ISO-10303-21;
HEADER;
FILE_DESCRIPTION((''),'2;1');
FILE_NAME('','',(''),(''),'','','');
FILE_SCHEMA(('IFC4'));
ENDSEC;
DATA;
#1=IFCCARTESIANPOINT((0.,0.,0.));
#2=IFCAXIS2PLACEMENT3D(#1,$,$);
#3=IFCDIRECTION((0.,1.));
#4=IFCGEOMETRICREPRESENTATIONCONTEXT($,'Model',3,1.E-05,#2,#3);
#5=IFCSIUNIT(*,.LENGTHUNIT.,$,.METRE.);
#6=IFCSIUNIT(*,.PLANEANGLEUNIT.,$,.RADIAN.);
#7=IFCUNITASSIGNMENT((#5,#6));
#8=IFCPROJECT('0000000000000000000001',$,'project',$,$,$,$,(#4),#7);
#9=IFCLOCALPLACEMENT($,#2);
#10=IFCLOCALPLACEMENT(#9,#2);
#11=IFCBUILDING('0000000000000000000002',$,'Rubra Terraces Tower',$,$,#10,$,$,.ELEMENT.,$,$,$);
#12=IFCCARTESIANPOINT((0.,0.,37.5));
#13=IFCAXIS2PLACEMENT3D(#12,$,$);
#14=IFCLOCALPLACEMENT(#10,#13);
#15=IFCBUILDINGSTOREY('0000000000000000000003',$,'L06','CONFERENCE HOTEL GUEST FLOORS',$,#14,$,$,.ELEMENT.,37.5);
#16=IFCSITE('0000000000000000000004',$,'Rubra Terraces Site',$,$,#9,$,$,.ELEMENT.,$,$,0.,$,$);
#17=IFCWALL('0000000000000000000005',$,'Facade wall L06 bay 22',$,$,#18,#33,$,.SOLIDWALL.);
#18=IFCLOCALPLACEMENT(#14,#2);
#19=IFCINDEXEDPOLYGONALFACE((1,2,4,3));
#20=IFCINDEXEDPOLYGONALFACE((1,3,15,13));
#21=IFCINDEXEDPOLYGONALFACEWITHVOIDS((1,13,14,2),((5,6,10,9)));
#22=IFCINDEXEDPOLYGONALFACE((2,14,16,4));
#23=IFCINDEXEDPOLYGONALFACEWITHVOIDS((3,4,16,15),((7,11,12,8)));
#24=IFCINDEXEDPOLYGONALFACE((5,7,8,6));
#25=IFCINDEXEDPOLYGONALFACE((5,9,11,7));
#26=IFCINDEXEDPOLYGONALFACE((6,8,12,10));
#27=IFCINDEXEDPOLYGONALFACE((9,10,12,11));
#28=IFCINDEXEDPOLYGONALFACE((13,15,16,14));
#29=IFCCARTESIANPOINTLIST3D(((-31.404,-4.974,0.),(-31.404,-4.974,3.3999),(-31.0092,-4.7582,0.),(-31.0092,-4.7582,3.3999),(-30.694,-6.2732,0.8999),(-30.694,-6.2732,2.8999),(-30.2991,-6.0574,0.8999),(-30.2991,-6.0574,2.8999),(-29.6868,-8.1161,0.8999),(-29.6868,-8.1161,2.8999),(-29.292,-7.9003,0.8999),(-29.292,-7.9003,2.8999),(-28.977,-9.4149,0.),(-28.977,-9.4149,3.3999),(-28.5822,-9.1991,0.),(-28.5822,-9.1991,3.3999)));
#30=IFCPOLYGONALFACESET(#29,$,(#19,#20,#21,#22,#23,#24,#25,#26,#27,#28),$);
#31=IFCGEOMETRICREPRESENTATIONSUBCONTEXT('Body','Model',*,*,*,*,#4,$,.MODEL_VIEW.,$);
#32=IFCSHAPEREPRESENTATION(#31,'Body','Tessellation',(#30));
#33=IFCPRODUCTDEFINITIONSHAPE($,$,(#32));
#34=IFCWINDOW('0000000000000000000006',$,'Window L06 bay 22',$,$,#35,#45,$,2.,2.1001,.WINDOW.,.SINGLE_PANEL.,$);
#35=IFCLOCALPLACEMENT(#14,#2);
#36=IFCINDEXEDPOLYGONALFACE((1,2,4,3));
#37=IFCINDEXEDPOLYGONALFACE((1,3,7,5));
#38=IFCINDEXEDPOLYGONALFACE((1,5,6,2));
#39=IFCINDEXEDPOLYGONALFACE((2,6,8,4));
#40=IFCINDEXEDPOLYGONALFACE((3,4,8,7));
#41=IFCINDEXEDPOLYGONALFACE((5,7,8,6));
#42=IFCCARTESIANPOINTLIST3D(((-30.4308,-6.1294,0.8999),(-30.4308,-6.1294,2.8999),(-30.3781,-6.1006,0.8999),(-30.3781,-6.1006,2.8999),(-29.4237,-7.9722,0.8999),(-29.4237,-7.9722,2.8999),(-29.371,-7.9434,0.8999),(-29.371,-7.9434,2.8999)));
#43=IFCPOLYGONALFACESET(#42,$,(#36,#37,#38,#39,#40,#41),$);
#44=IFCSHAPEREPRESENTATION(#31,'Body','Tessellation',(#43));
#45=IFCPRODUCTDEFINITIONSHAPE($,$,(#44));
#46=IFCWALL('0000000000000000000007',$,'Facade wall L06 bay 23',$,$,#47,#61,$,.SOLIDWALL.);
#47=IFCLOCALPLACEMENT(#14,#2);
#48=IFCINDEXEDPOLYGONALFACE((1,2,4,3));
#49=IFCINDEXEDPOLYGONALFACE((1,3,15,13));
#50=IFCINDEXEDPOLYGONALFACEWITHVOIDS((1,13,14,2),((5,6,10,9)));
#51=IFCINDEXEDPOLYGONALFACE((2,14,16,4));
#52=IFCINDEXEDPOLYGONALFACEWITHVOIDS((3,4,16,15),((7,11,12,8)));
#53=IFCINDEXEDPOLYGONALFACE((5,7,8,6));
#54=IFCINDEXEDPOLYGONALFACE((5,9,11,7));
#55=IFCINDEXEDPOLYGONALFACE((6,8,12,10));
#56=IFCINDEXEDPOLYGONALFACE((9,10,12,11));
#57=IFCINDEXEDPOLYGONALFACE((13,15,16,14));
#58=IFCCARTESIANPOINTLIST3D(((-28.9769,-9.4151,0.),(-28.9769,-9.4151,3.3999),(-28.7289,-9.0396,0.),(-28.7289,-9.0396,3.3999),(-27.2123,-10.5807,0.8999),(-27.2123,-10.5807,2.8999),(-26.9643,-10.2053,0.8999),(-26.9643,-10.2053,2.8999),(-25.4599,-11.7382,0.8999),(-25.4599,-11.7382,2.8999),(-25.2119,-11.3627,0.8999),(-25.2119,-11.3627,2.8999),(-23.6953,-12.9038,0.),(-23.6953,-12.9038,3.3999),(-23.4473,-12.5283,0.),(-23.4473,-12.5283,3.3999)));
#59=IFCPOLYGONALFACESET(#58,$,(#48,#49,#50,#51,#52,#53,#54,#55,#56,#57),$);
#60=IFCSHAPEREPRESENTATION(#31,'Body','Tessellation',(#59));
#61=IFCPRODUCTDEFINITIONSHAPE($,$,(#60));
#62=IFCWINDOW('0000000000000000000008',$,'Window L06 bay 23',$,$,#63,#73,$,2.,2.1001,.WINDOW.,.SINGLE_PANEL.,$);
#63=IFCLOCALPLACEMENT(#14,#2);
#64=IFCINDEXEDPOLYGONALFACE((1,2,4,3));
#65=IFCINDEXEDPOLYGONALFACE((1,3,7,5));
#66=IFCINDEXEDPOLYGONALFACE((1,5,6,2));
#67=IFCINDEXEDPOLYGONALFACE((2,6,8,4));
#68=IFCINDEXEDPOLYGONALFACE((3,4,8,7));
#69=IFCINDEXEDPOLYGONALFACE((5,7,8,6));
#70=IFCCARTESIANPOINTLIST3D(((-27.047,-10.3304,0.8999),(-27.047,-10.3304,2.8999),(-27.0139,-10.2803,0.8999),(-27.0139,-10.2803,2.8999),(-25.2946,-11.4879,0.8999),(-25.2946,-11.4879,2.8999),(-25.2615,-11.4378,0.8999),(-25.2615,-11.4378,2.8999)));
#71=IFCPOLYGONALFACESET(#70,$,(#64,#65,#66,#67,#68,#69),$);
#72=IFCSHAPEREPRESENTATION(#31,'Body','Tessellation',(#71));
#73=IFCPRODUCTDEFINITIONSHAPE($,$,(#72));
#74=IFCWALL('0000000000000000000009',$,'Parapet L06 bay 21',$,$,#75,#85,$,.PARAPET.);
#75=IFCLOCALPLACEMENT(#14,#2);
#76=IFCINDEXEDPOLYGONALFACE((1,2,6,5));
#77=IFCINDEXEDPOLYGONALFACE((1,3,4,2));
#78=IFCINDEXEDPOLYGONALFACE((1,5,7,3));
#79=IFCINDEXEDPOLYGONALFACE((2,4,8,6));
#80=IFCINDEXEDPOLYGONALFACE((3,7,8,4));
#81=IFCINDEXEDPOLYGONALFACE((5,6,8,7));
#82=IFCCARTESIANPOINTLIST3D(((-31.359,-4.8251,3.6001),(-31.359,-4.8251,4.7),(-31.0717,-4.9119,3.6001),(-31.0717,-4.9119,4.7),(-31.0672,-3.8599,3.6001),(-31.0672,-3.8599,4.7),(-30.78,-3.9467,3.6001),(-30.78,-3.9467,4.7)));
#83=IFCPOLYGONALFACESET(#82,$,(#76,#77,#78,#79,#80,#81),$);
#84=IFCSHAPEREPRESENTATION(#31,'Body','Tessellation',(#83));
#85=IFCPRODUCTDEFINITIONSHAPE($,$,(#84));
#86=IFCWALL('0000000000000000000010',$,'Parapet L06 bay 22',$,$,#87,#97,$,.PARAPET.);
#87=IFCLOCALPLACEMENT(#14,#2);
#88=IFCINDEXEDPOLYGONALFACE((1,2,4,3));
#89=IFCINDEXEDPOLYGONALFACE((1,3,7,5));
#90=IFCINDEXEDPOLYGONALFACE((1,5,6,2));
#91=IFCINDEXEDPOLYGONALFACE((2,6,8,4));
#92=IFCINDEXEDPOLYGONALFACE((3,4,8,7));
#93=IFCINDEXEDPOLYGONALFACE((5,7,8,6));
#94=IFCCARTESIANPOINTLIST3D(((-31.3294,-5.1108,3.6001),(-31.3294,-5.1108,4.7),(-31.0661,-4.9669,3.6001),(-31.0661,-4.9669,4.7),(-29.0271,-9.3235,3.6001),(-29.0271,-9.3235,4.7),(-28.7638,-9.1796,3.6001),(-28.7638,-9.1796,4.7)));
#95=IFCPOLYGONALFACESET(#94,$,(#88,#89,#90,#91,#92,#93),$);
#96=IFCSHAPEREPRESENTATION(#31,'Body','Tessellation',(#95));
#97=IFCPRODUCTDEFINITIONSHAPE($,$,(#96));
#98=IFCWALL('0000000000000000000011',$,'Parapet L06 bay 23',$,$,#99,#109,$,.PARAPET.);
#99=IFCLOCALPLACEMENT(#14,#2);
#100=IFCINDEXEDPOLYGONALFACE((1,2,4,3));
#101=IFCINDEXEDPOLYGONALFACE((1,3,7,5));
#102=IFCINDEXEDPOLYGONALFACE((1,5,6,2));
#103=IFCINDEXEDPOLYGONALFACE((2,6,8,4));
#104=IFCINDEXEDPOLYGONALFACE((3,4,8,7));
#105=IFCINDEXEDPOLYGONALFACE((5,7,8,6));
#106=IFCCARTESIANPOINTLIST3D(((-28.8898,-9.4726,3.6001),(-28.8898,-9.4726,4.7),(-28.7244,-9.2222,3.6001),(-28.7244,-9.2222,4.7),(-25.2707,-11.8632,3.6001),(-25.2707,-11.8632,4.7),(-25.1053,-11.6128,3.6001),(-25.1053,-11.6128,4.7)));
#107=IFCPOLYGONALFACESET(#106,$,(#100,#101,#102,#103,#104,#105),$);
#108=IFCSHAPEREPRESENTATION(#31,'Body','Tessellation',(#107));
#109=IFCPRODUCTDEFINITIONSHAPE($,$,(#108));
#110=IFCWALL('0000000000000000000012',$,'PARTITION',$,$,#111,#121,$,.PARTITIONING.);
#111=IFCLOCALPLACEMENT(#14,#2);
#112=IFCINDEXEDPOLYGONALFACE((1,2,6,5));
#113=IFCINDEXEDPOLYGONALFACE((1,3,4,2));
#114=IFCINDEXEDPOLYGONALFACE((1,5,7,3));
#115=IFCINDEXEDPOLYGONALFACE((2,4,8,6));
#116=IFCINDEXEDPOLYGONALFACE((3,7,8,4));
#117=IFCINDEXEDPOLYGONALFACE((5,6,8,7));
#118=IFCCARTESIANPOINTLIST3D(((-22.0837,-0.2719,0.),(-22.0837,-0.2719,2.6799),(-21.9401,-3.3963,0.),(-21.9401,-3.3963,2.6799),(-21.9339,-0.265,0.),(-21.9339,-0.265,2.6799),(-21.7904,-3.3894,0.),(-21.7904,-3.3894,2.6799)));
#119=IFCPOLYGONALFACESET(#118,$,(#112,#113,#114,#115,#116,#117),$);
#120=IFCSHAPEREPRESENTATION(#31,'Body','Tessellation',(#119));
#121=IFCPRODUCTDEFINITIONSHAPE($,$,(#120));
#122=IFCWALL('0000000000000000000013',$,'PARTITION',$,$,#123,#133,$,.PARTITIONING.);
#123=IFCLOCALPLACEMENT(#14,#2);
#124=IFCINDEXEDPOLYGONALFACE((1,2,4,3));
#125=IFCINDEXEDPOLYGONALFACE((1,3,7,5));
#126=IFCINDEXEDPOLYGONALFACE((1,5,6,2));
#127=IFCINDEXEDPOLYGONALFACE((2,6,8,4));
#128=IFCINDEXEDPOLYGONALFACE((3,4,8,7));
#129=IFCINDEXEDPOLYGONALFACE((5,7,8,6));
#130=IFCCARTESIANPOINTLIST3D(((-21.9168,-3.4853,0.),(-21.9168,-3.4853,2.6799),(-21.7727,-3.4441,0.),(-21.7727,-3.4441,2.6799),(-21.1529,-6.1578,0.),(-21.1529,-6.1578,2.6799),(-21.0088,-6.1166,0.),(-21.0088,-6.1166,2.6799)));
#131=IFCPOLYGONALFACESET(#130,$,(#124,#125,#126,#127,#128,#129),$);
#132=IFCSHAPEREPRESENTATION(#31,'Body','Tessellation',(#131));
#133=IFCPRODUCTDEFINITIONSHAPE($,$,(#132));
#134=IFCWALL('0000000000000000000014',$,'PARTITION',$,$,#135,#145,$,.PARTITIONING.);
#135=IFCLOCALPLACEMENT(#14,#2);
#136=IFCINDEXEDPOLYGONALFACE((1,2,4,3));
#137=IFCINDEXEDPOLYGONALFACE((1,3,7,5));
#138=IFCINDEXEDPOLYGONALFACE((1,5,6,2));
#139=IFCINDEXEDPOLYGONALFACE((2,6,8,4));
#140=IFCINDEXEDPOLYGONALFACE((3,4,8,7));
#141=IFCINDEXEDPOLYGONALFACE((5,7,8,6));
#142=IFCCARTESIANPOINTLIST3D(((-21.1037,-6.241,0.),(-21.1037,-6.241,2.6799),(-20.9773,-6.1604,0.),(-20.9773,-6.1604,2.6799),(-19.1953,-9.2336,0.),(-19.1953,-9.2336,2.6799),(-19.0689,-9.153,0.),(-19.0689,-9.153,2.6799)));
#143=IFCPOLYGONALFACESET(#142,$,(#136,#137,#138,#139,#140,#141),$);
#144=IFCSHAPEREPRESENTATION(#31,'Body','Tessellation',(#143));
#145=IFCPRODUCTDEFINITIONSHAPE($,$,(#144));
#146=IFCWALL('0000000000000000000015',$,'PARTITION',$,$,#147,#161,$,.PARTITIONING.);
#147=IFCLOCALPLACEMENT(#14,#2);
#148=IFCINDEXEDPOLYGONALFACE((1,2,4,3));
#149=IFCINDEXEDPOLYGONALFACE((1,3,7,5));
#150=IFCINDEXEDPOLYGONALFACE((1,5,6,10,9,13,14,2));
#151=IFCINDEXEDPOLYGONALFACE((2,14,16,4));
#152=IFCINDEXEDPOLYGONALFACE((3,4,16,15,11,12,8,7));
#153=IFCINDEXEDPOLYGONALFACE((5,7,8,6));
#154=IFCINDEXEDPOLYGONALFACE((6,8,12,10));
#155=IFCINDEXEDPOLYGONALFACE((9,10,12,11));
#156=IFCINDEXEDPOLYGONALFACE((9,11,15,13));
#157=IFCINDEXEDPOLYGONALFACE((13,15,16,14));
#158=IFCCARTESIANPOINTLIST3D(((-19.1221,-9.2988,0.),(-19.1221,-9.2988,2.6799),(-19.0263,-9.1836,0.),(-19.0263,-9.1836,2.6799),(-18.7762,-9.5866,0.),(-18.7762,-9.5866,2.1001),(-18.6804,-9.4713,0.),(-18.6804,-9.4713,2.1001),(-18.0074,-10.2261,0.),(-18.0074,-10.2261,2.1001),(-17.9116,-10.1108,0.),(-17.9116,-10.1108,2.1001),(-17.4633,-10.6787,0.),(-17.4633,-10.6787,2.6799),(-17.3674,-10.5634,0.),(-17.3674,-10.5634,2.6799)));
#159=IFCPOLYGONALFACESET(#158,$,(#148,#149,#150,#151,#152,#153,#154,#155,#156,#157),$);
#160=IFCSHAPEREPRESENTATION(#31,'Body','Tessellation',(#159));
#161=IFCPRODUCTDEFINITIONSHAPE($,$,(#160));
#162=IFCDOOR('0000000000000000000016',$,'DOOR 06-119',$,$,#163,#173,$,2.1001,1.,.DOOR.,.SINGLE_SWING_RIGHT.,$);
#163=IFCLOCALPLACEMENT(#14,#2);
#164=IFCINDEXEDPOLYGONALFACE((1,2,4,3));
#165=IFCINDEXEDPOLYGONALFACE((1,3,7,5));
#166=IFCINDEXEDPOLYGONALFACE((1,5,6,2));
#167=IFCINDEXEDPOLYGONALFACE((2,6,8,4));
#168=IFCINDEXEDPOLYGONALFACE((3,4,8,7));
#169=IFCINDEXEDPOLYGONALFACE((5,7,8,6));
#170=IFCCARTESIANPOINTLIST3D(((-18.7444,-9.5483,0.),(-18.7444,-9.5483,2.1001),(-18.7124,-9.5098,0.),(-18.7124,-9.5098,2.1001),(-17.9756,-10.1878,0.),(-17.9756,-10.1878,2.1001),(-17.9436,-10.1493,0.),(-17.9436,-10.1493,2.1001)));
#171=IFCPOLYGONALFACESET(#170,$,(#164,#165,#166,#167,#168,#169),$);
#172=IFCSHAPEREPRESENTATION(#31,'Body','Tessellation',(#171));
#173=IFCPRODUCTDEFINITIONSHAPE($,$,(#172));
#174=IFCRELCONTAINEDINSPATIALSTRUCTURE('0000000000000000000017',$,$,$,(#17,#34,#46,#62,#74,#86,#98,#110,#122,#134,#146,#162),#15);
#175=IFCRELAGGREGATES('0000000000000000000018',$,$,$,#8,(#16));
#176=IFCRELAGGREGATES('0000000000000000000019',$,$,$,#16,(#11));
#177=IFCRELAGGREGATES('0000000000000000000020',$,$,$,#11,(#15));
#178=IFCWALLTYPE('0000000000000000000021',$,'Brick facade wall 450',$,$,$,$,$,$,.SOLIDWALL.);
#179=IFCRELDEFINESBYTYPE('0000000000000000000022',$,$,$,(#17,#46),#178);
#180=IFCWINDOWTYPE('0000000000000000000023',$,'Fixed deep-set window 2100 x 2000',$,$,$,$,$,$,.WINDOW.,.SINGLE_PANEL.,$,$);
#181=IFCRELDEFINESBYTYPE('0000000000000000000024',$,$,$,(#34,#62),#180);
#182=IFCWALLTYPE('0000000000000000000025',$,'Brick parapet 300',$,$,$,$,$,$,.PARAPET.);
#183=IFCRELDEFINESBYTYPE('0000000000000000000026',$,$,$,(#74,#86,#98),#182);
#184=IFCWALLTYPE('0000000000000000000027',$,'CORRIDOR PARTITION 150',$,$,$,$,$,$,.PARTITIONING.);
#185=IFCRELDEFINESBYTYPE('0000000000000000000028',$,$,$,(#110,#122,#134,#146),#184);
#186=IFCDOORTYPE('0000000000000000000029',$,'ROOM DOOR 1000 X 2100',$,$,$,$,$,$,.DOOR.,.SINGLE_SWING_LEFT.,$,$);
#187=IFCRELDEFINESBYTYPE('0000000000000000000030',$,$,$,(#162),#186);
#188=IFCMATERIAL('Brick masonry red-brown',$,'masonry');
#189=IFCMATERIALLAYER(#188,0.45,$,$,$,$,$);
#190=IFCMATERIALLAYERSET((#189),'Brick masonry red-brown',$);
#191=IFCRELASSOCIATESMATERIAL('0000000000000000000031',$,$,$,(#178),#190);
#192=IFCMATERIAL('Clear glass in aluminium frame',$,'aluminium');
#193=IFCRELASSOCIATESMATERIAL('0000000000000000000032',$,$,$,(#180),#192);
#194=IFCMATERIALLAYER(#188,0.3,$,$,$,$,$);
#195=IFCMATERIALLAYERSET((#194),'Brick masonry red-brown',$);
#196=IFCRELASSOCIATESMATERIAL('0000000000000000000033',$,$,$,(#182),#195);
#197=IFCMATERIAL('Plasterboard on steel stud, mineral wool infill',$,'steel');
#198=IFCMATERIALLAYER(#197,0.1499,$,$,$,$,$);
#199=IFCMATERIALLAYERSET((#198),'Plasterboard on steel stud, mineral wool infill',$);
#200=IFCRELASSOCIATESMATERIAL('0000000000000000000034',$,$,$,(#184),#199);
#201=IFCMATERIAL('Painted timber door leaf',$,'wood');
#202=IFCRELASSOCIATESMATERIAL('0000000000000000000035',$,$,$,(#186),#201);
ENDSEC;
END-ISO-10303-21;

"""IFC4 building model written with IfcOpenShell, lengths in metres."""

from ifc_helpers import new_model, si_unit, direction, frame, frame_2d, origin, place, context, subcontext, project, spatial, rectangle, extrude, material, layer, layer_set, type_object, element, fill, save


model = new_model("IFC4")

# Units and contexts
model_context = context("Model", 3, precision=1e-05, world=origin(), true_north=direction((0.0, 1.0)))
body_context = subcontext(model_context, "Body", "Model", "MODEL_VIEW")
ifc_project = project(units=[si_unit("LENGTHUNIT", "METRE"), si_unit("PLANEANGLEUNIT", "RADIAN")], contexts=[model_context])

# Site, building, storey
site_placement = place(None, origin())
site = spatial("IfcSite", under=ifc_project, at=site_placement, Name="Rubra Terraces Site", CompositionType="ELEMENT", RefElevation=0.0)
building_placement = place(site_placement, origin())
building = spatial("IfcBuilding", under=site, at=building_placement, Name="Rubra Terraces Tower", CompositionType="ELEMENT")
storey_placement = place(building_placement, frame((0.0, 0.0, 37.5)))
storey = spatial("IfcBuildingStorey", under=building, at=storey_placement, Name="L06", Description="CONFERENCE HOTEL GUEST FLOORS", CompositionType="ELEMENT", Elevation=37.5)

# Walls, openings, windows
ifc_material_1 = material(Name="Brick masonry red-brown", Category="masonry")
ifc_layer_1 = layer(ifc_material_1, 0.45)
ifc_layer_set_1 = layer_set([ifc_layer_1], Name="Brick masonry red-brown")
wall_type_1 = type_object("IfcWallType", Name="Brick facade wall 450", PredefinedType="SOLIDWALL", material=ifc_layer_set_1)
ifc_material_2 = material(Name="Clear glass in aluminium frame", Category="aluminium")
wall_1_placement = place(storey_placement, frame((-31.2065, -4.8662, 0.0), z_axis=(0.0, 0.0, 1.0), x_axis=(0.479565, -0.877506, 0.0)))
wall_1 = element("IfcWall", 1, at=wall_1_placement, inside=storey, type_object=wall_type_1, Name="Facade wall L06 bay 22", PredefinedType="SOLIDWALL", context=body_context, shape_type="SweptSolid", body=[
    extrude(rectangle(XDim=5.0608, YDim=0.45, at=frame_2d((2.5303, 0.0))), origin(), (0.0, 0.0, 1.0), 3.3999),
])
opening_1_placement = place(wall_1_placement, frame((1.4805, 0.0, 0.8999)))
opening_1 = element("IfcOpeningElement", 2, at=opening_1_placement, cuts=wall_1, PredefinedType="OPENING", context=body_context, shape_type="SweptSolid", body=[
    extrude(rectangle(XDim=2.1001, YDim=2.0, at=frame_2d((1.05, 1.0))), frame((0.0, 0.2349, 0.0), z_axis=(0.0, -1.0, 0.0), x_axis=(1.0, 0.0, 0.0)), (0.0, 0.0, 1.0), 0.47),
])
window_type_1 = type_object("IfcWindowType", Name="Fixed deep-set window 2100 x 2000", PartitioningType="SINGLE_PANEL", PredefinedType="WINDOW", material=ifc_material_2)
window_1_placement = place(opening_1_placement, origin())
window_1 = element("IfcWindow", 3, at=window_1_placement, inside=storey, type_object=window_type_1, Name="Window L06 bay 22", OverallHeight=2.0, OverallWidth=2.1001, PartitioningType="SINGLE_PANEL", PredefinedType="WINDOW", context=body_context, shape_type="SweptSolid", body=[
    extrude(rectangle(XDim=2.1001, YDim=2.0, at=frame_2d((1.05, 1.0))), frame((0.0, 0.135, 0.0), z_axis=(0.0, -1.0, 0.0), x_axis=(1.0, 0.0, 0.0)), (0.0, 0.0, 1.0), 0.0601),
])
fill(opening_1, window_1)
wall_2_placement = place(storey_placement, frame((-28.853, -9.2273, 0.0), z_axis=(0.0, 0.0, 1.0), x_axis=(0.834404, -0.551153, 0.0)))
wall_2 = element("IfcWall", 4, at=wall_2_placement, inside=storey, type_object=wall_type_1, Name="Facade wall L06 bay 23", PredefinedType="SOLIDWALL", context=body_context, shape_type="SweptSolid", body=[
    extrude(rectangle(XDim=6.3298, YDim=0.45, at=frame_2d((3.165, 0.0))), origin(), (0.0, 0.0, 1.0), 3.3999),
])
opening_2_placement = place(wall_2_placement, frame((2.115, 0.0, 0.8999)))
opening_2 = element("IfcOpeningElement", 5, at=opening_2_placement, cuts=wall_2, PredefinedType="OPENING", context=body_context, shape_type="SweptSolid", body=[
    extrude(rectangle(XDim=2.1001, YDim=2.0, at=frame_2d((1.05, 1.0))), frame((0.0, 0.2349, 0.0), z_axis=(0.0, -1.0, 0.0), x_axis=(1.0, 0.0, 0.0)), (0.0, 0.0, 1.0), 0.47),
])
window_2_placement = place(opening_2_placement, origin())
window_2 = element("IfcWindow", 6, at=window_2_placement, inside=storey, type_object=window_type_1, Name="Window L06 bay 23", OverallHeight=2.0, OverallWidth=2.1001, PartitioningType="SINGLE_PANEL", PredefinedType="WINDOW", context=body_context, shape_type="SweptSolid", body=[
    extrude(rectangle(XDim=2.1001, YDim=2.0, at=frame_2d((1.05, 1.0))), frame((0.0, 0.135, 0.0), z_axis=(0.0, -1.0, 0.0), x_axis=(1.0, 0.0, 0.0)), (0.0, 0.0, 1.0), 0.0601),
])
fill(opening_2, window_2)

# Walls
ifc_layer_2 = layer(ifc_material_1, 0.3)
ifc_layer_set_2 = layer_set([ifc_layer_2], Name="Brick masonry red-brown")
wall_type_2 = type_object("IfcWallType", Name="Brick parapet 300", PredefinedType="PARAPET", material=ifc_layer_set_2)
wall_3_placement = place(storey_placement, frame((-30.9236, -3.9033, 3.6001), z_axis=(0.0, 0.0, 1.0), x_axis=(-0.289369, -0.957218, 0.0)))
element("IfcWall", 7, at=wall_3_placement, inside=storey, type_object=wall_type_2, Name="Parapet L06 bay 21", PredefinedType="PARAPET", context=body_context, shape_type="SweptSolid", body=[
    extrude(rectangle(XDim=1.0083, YDim=0.3, at=frame_2d((0.5042, 0.0))), origin(), (0.0, 0.0, 1.0), 1.0999),
])
wall_4_placement = place(storey_placement, frame((-31.1978, -5.0388, 3.6001), z_axis=(0.0, 0.0, 1.0), x_axis=(0.479565, -0.877507, 0.0)))
element("IfcWall", 8, at=wall_4_placement, inside=storey, type_object=wall_type_2, Name="Parapet L06 bay 22", PredefinedType="PARAPET", context=body_context, shape_type="SweptSolid", body=[
    extrude(rectangle(XDim=4.8008, YDim=0.3, at=frame_2d((2.4004, 0.0))), origin(), (0.0, 0.0, 1.0), 1.0999),
])
wall_5_placement = place(storey_placement, frame((-28.8071, -9.3474, 3.6001), z_axis=(0.0, 0.0, 1.0), x_axis=(0.834398, -0.551162, 0.0)))
element("IfcWall", 9, at=wall_5_placement, inside=storey, type_object=wall_type_2, Name="Parapet L06 bay 23", PredefinedType="PARAPET", context=body_context, shape_type="SweptSolid", body=[
    extrude(rectangle(XDim=4.3374, YDim=0.3, at=frame_2d((2.1687, 0.0))), origin(), (0.0, 0.0, 1.0), 1.0999),
])
ifc_material_3 = material(Name="Plasterboard on steel stud, mineral wool infill", Category="steel")
ifc_layer_3 = layer(ifc_material_3, 0.1499)
ifc_layer_set_3 = layer_set([ifc_layer_3], Name="Plasterboard on steel stud, mineral wool infill")
wall_type_3 = type_object("IfcWallType", Name="CORRIDOR PARTITION 150", PredefinedType="PARTITIONING", material=ifc_layer_set_3)
wall_6_placement = place(storey_placement, frame((-22.0088, -0.2683, 0.0), z_axis=(0.0, 0.0, 1.0), x_axis=(0.0459, -0.998946, 0.0)))
element("IfcWall", 10, at=wall_6_placement, inside=storey, type_object=wall_type_3, Name="PARTITION", PredefinedType="PARTITIONING", context=body_context, shape_type="SweptSolid", body=[
    extrude(rectangle(XDim=3.1277, YDim=0.1499, at=frame_2d((1.564, 0.0))), origin(), (0.0, 0.0, 1.0), 2.6799),
])
wall_7_placement = place(storey_placement, frame((-21.8447, -3.4648, 0.0), z_axis=(0.0, 0.0, 1.0), x_axis=(0.274826, -0.961494, 0.0)))
element("IfcWall", 11, at=wall_7_placement, inside=storey, type_object=wall_type_3, Name="PARTITION", PredefinedType="PARTITIONING", context=body_context, shape_type="SweptSolid", body=[
    extrude(rectangle(XDim=2.7795, YDim=0.1499, at=frame_2d((1.3896, 0.0))), origin(), (0.0, 0.0, 1.0), 2.6799),
])
wall_8_placement = place(storey_placement, frame((-21.0405, -6.2007, 0.0), z_axis=(0.0, 0.0, 1.0), x_axis=(0.537681, -0.843148, 0.0)))
element("IfcWall", 12, at=wall_8_placement, inside=storey, type_object=wall_type_3, Name="PARTITION", PredefinedType="PARTITIONING", context=body_context, shape_type="SweptSolid", body=[
    extrude(rectangle(XDim=3.5493, YDim=0.1499, at=frame_2d((1.7747, 0.0))), origin(), (0.0, 0.0, 1.0), 2.6799),
])

# Wall, opening, door
wall_9_placement = place(storey_placement, frame((-19.0742, -9.2412, 0.0), z_axis=(0.0, 0.0, 1.0), x_axis=(0.768805, -0.639483, 0.0)))
wall_9 = element("IfcWall", 13, at=wall_9_placement, inside=storey, type_object=wall_type_3, Name="PARTITION", PredefinedType="PARTITIONING", context=body_context, shape_type="SweptSolid", body=[
    extrude(rectangle(XDim=2.1577, YDim=0.1499, at=frame_2d((1.0789, 0.0))), origin(), (0.0, 0.0, 1.0), 2.6799),
])
opening_3_placement = place(wall_9_placement, frame((0.45, 0.0, 0.0)))
opening_3 = element("IfcOpeningElement", 14, at=opening_3_placement, cuts=wall_9, PredefinedType="OPENING", context=body_context, shape_type="SweptSolid", body=[
    extrude(rectangle(XDim=1.0, YDim=2.1001, at=frame_2d((0.5, 1.05))), frame((0.0, 0.085, 0.0), z_axis=(0.0, -1.0, 0.0), x_axis=(1.0, 0.0, 0.0)), (0.0, 0.0, 1.0), 0.1699),
])
ifc_material_4 = material(Name="Painted timber door leaf", Category="wood")
door_type_1 = type_object("IfcDoorType", Name="ROOM DOOR 1000 X 2100", OperationType="SINGLE_SWING_LEFT", PredefinedType="DOOR", material=ifc_material_4)
door_1_placement = place(opening_3_placement, origin())
door_1 = element("IfcDoor", 15, at=door_1_placement, inside=storey, type_object=door_type_1, Name="DOOR 06-119", OperationType="SINGLE_SWING_RIGHT", OverallHeight=2.1001, OverallWidth=1.0, PredefinedType="DOOR", context=body_context, shape_type="SweptSolid", body=[
    extrude(rectangle(XDim=1.0, YDim=2.1001, at=frame_2d((0.5, 1.05))), frame((0.0, 0.0249, 0.0), z_axis=(0.0, -1.0, 0.0), x_axis=(1.0, 0.0, 0.0)), (0.0, 0.0, 1.0), 0.05),
])
fill(opening_3, door_1)

save(model, "model.ifc")
